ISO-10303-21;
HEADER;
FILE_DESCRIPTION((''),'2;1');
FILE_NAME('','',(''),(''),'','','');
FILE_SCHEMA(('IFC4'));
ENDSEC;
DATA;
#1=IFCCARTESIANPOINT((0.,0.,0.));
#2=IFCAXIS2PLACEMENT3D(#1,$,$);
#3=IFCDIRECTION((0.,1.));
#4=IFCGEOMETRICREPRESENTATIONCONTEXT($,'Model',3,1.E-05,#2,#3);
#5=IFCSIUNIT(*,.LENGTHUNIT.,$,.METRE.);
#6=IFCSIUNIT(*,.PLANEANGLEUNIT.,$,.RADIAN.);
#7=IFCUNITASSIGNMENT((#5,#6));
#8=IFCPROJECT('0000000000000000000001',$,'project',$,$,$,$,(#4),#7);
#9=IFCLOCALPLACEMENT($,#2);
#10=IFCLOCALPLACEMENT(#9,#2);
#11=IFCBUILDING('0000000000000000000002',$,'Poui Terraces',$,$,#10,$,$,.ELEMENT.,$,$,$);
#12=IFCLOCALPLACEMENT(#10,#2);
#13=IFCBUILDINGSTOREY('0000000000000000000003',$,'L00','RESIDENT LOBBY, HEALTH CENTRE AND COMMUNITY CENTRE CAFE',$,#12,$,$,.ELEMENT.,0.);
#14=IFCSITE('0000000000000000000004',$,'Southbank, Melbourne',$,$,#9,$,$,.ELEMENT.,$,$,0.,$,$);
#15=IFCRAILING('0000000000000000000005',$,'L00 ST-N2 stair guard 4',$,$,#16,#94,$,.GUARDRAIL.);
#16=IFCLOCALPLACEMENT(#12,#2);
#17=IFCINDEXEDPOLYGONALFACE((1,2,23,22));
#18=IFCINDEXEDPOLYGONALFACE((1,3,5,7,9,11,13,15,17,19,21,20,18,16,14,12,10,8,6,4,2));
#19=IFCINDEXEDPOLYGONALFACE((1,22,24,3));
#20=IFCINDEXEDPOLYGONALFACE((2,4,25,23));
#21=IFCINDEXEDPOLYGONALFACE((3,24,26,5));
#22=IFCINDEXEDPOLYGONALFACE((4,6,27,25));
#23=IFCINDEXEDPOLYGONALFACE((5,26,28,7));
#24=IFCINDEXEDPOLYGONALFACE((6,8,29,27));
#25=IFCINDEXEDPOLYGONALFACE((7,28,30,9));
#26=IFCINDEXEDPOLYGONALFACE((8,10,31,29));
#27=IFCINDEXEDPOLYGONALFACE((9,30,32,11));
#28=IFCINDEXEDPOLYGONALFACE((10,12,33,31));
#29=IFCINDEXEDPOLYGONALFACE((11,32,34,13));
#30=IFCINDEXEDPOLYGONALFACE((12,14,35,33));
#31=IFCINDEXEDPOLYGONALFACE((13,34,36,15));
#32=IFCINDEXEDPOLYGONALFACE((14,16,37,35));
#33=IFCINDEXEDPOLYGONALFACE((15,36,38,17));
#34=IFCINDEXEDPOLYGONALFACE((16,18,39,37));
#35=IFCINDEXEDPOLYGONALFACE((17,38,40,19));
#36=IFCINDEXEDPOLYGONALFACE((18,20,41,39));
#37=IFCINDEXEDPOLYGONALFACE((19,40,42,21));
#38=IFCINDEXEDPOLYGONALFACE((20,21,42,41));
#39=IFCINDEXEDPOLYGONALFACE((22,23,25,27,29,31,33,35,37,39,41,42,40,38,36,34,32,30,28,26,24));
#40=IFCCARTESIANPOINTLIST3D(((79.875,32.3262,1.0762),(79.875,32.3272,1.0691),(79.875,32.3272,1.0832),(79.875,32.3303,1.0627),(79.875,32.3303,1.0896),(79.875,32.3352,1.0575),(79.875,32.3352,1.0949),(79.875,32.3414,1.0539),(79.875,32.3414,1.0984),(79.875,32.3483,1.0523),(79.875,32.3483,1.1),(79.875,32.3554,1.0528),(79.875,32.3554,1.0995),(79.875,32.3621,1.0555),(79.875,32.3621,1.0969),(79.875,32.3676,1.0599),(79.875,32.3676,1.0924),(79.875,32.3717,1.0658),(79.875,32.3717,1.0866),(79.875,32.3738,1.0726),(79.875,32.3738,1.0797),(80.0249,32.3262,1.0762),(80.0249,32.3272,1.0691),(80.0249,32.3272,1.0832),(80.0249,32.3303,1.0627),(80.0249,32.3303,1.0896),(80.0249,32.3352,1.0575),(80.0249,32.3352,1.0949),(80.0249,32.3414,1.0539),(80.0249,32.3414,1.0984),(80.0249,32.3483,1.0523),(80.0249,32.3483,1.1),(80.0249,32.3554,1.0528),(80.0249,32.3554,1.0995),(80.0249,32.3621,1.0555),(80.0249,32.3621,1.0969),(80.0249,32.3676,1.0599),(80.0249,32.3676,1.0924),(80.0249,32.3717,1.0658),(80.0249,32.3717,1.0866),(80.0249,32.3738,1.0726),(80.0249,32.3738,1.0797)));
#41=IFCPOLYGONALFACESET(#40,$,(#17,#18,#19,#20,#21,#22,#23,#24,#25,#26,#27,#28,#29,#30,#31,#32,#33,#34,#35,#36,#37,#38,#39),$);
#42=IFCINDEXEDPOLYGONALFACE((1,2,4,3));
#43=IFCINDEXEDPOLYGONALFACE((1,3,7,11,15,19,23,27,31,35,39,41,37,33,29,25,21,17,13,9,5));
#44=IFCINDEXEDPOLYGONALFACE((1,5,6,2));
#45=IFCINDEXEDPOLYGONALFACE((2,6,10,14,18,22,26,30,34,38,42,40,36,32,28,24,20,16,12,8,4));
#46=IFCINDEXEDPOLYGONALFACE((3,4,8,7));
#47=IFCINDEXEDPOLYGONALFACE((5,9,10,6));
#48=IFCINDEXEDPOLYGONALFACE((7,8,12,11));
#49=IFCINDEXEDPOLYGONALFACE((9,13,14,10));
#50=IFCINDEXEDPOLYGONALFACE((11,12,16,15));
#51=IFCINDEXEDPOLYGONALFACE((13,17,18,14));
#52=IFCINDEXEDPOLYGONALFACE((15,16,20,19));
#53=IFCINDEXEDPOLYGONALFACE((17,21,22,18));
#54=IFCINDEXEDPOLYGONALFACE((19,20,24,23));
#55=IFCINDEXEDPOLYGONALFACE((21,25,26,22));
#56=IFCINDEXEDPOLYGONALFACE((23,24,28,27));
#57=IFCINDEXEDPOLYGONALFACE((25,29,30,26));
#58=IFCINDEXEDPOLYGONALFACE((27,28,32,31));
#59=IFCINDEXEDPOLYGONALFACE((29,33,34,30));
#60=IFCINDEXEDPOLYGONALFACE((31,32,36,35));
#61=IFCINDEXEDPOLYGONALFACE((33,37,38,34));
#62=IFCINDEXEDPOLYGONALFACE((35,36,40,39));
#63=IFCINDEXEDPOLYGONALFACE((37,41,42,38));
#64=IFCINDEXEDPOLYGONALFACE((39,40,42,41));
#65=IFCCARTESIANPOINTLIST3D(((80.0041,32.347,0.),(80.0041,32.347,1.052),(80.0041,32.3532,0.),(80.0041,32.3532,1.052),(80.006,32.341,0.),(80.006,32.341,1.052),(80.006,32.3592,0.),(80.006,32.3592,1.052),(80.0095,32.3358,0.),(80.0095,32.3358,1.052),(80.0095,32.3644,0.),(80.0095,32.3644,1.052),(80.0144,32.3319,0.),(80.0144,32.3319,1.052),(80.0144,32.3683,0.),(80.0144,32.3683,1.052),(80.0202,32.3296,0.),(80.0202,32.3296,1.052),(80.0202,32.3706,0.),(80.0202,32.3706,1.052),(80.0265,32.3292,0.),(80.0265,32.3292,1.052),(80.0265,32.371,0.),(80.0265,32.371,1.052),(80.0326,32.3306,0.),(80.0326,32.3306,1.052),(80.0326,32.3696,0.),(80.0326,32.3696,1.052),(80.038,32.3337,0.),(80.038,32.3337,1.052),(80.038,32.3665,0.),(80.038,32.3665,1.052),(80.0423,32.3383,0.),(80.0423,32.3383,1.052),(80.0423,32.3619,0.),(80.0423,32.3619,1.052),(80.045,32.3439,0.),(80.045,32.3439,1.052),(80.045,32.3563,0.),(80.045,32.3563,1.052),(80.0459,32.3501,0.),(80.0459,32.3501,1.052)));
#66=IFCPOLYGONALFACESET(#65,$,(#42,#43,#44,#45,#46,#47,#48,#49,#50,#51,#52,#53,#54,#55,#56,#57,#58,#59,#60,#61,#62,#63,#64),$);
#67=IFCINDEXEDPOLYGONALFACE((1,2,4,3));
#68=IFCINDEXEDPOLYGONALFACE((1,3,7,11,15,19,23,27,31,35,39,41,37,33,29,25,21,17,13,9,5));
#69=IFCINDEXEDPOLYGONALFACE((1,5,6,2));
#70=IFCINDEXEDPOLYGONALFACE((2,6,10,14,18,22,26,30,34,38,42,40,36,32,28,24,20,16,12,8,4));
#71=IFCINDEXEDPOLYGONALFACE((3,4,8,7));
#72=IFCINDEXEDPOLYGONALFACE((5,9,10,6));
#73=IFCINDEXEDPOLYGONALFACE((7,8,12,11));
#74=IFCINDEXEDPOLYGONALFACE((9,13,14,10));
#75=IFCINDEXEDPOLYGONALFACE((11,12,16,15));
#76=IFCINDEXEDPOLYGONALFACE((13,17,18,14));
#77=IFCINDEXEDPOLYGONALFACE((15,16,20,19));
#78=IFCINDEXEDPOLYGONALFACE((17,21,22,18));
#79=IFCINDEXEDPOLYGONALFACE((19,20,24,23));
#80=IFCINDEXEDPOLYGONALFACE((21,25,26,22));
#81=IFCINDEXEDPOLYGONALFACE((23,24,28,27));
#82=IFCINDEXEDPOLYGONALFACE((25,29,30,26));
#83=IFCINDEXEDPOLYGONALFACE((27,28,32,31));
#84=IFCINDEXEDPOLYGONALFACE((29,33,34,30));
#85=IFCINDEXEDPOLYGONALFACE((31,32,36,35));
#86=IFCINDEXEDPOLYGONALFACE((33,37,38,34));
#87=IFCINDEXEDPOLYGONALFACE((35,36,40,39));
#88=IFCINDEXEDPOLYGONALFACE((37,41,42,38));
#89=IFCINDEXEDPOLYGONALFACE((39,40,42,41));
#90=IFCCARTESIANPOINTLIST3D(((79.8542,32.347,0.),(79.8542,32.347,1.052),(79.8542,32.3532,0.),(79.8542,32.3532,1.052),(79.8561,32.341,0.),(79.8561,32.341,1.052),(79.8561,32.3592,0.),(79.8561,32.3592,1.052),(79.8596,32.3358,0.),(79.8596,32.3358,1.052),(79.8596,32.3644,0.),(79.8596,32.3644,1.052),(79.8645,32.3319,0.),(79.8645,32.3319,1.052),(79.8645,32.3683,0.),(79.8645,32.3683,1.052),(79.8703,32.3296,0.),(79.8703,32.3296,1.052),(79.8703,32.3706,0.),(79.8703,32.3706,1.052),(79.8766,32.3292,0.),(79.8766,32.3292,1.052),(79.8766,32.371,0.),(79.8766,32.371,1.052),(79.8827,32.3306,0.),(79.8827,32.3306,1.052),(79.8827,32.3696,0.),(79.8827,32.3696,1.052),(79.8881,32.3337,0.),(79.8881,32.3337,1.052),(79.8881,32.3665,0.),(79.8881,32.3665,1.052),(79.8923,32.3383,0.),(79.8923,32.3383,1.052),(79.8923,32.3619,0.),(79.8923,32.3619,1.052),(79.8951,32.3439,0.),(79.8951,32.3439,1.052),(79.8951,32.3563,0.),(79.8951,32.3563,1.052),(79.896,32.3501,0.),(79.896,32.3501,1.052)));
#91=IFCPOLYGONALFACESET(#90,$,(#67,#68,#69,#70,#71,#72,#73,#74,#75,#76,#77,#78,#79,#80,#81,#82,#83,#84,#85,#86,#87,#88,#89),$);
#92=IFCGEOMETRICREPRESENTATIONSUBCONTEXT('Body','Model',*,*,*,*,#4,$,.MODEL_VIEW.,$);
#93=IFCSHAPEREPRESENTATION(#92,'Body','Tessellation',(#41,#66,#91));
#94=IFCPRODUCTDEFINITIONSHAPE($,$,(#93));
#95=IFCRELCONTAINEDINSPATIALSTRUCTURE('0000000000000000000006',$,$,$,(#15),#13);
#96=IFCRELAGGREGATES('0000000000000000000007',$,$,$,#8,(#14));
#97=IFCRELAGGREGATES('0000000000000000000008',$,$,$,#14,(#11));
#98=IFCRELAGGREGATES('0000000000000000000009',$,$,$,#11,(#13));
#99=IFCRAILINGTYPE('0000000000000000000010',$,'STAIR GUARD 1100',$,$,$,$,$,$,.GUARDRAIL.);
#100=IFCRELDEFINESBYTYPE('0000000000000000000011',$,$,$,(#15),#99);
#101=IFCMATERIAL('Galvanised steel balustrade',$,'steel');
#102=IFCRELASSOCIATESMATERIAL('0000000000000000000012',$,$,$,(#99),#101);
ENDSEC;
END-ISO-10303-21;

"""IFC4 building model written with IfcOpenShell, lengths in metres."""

from ifc_helpers import new_model, si_unit, direction, frame, origin, origin_2d, place, context, subcontext, project, spatial, circle, extrude, material, type_object, element, save


model = new_model("IFC4")

# Units and contexts
model_context = context("Model", 3, precision=1e-05, world=origin(), true_north=direction((0.0, 1.0)))
body_context = subcontext(model_context, "Body", "Model", "MODEL_VIEW")
ifc_project = project(units=[si_unit("LENGTHUNIT", "METRE"), si_unit("PLANEANGLEUNIT", "RADIAN")], contexts=[model_context])

# Site, building, storey
site_placement = place(None, origin())
site = spatial("IfcSite", under=ifc_project, at=site_placement, Name="Southbank, Melbourne", CompositionType="ELEMENT", RefElevation=0.0)
building_placement = place(site_placement, origin())
building = spatial("IfcBuilding", under=site, at=building_placement, Name="Poui Terraces", CompositionType="ELEMENT")
storey_placement = place(building_placement, origin())
storey = spatial("IfcBuildingStorey", under=building, at=storey_placement, Name="L00", Description="RESIDENT LOBBY, HEALTH CENTRE AND COMMUNITY CENTRE CAFE", CompositionType="ELEMENT", Elevation=0.0)

# Railing
ifc_material_1 = material(Name="Galvanised steel balustrade", Category="steel")
railing_type_1 = type_object("IfcRailingType", Name="STAIR GUARD 1100", PredefinedType="GUARDRAIL", material=ifc_material_1)
railing_1_placement = place(storey_placement, frame((80.0249, 32.3501, 0.0)))
element("IfcRailing", 1, at=railing_1_placement, inside=storey, type_object=railing_type_1, Name="L00 ST-N2 stair guard 4", PredefinedType="GUARDRAIL", context=body_context, shape_type="SweptSolid", body=[
    extrude(circle(Radius=0.0239, at=origin_2d()), frame((0.0, 0.0, 1.0762), z_axis=(-1.0, 0.0, 0.0), x_axis=(0.0, -1.0, 0.0)), (0.0, 0.0, 1.0), 0.1499),
    extrude(circle(Radius=0.021, at=origin_2d()), origin(), (0.0, 0.0, 1.0), 1.052),
    extrude(circle(Radius=0.021, at=origin_2d()), frame((-0.1499, 0.0, 0.0)), (0.0, 0.0, 1.0), 1.052),
])

save(model, "model.ifc")
